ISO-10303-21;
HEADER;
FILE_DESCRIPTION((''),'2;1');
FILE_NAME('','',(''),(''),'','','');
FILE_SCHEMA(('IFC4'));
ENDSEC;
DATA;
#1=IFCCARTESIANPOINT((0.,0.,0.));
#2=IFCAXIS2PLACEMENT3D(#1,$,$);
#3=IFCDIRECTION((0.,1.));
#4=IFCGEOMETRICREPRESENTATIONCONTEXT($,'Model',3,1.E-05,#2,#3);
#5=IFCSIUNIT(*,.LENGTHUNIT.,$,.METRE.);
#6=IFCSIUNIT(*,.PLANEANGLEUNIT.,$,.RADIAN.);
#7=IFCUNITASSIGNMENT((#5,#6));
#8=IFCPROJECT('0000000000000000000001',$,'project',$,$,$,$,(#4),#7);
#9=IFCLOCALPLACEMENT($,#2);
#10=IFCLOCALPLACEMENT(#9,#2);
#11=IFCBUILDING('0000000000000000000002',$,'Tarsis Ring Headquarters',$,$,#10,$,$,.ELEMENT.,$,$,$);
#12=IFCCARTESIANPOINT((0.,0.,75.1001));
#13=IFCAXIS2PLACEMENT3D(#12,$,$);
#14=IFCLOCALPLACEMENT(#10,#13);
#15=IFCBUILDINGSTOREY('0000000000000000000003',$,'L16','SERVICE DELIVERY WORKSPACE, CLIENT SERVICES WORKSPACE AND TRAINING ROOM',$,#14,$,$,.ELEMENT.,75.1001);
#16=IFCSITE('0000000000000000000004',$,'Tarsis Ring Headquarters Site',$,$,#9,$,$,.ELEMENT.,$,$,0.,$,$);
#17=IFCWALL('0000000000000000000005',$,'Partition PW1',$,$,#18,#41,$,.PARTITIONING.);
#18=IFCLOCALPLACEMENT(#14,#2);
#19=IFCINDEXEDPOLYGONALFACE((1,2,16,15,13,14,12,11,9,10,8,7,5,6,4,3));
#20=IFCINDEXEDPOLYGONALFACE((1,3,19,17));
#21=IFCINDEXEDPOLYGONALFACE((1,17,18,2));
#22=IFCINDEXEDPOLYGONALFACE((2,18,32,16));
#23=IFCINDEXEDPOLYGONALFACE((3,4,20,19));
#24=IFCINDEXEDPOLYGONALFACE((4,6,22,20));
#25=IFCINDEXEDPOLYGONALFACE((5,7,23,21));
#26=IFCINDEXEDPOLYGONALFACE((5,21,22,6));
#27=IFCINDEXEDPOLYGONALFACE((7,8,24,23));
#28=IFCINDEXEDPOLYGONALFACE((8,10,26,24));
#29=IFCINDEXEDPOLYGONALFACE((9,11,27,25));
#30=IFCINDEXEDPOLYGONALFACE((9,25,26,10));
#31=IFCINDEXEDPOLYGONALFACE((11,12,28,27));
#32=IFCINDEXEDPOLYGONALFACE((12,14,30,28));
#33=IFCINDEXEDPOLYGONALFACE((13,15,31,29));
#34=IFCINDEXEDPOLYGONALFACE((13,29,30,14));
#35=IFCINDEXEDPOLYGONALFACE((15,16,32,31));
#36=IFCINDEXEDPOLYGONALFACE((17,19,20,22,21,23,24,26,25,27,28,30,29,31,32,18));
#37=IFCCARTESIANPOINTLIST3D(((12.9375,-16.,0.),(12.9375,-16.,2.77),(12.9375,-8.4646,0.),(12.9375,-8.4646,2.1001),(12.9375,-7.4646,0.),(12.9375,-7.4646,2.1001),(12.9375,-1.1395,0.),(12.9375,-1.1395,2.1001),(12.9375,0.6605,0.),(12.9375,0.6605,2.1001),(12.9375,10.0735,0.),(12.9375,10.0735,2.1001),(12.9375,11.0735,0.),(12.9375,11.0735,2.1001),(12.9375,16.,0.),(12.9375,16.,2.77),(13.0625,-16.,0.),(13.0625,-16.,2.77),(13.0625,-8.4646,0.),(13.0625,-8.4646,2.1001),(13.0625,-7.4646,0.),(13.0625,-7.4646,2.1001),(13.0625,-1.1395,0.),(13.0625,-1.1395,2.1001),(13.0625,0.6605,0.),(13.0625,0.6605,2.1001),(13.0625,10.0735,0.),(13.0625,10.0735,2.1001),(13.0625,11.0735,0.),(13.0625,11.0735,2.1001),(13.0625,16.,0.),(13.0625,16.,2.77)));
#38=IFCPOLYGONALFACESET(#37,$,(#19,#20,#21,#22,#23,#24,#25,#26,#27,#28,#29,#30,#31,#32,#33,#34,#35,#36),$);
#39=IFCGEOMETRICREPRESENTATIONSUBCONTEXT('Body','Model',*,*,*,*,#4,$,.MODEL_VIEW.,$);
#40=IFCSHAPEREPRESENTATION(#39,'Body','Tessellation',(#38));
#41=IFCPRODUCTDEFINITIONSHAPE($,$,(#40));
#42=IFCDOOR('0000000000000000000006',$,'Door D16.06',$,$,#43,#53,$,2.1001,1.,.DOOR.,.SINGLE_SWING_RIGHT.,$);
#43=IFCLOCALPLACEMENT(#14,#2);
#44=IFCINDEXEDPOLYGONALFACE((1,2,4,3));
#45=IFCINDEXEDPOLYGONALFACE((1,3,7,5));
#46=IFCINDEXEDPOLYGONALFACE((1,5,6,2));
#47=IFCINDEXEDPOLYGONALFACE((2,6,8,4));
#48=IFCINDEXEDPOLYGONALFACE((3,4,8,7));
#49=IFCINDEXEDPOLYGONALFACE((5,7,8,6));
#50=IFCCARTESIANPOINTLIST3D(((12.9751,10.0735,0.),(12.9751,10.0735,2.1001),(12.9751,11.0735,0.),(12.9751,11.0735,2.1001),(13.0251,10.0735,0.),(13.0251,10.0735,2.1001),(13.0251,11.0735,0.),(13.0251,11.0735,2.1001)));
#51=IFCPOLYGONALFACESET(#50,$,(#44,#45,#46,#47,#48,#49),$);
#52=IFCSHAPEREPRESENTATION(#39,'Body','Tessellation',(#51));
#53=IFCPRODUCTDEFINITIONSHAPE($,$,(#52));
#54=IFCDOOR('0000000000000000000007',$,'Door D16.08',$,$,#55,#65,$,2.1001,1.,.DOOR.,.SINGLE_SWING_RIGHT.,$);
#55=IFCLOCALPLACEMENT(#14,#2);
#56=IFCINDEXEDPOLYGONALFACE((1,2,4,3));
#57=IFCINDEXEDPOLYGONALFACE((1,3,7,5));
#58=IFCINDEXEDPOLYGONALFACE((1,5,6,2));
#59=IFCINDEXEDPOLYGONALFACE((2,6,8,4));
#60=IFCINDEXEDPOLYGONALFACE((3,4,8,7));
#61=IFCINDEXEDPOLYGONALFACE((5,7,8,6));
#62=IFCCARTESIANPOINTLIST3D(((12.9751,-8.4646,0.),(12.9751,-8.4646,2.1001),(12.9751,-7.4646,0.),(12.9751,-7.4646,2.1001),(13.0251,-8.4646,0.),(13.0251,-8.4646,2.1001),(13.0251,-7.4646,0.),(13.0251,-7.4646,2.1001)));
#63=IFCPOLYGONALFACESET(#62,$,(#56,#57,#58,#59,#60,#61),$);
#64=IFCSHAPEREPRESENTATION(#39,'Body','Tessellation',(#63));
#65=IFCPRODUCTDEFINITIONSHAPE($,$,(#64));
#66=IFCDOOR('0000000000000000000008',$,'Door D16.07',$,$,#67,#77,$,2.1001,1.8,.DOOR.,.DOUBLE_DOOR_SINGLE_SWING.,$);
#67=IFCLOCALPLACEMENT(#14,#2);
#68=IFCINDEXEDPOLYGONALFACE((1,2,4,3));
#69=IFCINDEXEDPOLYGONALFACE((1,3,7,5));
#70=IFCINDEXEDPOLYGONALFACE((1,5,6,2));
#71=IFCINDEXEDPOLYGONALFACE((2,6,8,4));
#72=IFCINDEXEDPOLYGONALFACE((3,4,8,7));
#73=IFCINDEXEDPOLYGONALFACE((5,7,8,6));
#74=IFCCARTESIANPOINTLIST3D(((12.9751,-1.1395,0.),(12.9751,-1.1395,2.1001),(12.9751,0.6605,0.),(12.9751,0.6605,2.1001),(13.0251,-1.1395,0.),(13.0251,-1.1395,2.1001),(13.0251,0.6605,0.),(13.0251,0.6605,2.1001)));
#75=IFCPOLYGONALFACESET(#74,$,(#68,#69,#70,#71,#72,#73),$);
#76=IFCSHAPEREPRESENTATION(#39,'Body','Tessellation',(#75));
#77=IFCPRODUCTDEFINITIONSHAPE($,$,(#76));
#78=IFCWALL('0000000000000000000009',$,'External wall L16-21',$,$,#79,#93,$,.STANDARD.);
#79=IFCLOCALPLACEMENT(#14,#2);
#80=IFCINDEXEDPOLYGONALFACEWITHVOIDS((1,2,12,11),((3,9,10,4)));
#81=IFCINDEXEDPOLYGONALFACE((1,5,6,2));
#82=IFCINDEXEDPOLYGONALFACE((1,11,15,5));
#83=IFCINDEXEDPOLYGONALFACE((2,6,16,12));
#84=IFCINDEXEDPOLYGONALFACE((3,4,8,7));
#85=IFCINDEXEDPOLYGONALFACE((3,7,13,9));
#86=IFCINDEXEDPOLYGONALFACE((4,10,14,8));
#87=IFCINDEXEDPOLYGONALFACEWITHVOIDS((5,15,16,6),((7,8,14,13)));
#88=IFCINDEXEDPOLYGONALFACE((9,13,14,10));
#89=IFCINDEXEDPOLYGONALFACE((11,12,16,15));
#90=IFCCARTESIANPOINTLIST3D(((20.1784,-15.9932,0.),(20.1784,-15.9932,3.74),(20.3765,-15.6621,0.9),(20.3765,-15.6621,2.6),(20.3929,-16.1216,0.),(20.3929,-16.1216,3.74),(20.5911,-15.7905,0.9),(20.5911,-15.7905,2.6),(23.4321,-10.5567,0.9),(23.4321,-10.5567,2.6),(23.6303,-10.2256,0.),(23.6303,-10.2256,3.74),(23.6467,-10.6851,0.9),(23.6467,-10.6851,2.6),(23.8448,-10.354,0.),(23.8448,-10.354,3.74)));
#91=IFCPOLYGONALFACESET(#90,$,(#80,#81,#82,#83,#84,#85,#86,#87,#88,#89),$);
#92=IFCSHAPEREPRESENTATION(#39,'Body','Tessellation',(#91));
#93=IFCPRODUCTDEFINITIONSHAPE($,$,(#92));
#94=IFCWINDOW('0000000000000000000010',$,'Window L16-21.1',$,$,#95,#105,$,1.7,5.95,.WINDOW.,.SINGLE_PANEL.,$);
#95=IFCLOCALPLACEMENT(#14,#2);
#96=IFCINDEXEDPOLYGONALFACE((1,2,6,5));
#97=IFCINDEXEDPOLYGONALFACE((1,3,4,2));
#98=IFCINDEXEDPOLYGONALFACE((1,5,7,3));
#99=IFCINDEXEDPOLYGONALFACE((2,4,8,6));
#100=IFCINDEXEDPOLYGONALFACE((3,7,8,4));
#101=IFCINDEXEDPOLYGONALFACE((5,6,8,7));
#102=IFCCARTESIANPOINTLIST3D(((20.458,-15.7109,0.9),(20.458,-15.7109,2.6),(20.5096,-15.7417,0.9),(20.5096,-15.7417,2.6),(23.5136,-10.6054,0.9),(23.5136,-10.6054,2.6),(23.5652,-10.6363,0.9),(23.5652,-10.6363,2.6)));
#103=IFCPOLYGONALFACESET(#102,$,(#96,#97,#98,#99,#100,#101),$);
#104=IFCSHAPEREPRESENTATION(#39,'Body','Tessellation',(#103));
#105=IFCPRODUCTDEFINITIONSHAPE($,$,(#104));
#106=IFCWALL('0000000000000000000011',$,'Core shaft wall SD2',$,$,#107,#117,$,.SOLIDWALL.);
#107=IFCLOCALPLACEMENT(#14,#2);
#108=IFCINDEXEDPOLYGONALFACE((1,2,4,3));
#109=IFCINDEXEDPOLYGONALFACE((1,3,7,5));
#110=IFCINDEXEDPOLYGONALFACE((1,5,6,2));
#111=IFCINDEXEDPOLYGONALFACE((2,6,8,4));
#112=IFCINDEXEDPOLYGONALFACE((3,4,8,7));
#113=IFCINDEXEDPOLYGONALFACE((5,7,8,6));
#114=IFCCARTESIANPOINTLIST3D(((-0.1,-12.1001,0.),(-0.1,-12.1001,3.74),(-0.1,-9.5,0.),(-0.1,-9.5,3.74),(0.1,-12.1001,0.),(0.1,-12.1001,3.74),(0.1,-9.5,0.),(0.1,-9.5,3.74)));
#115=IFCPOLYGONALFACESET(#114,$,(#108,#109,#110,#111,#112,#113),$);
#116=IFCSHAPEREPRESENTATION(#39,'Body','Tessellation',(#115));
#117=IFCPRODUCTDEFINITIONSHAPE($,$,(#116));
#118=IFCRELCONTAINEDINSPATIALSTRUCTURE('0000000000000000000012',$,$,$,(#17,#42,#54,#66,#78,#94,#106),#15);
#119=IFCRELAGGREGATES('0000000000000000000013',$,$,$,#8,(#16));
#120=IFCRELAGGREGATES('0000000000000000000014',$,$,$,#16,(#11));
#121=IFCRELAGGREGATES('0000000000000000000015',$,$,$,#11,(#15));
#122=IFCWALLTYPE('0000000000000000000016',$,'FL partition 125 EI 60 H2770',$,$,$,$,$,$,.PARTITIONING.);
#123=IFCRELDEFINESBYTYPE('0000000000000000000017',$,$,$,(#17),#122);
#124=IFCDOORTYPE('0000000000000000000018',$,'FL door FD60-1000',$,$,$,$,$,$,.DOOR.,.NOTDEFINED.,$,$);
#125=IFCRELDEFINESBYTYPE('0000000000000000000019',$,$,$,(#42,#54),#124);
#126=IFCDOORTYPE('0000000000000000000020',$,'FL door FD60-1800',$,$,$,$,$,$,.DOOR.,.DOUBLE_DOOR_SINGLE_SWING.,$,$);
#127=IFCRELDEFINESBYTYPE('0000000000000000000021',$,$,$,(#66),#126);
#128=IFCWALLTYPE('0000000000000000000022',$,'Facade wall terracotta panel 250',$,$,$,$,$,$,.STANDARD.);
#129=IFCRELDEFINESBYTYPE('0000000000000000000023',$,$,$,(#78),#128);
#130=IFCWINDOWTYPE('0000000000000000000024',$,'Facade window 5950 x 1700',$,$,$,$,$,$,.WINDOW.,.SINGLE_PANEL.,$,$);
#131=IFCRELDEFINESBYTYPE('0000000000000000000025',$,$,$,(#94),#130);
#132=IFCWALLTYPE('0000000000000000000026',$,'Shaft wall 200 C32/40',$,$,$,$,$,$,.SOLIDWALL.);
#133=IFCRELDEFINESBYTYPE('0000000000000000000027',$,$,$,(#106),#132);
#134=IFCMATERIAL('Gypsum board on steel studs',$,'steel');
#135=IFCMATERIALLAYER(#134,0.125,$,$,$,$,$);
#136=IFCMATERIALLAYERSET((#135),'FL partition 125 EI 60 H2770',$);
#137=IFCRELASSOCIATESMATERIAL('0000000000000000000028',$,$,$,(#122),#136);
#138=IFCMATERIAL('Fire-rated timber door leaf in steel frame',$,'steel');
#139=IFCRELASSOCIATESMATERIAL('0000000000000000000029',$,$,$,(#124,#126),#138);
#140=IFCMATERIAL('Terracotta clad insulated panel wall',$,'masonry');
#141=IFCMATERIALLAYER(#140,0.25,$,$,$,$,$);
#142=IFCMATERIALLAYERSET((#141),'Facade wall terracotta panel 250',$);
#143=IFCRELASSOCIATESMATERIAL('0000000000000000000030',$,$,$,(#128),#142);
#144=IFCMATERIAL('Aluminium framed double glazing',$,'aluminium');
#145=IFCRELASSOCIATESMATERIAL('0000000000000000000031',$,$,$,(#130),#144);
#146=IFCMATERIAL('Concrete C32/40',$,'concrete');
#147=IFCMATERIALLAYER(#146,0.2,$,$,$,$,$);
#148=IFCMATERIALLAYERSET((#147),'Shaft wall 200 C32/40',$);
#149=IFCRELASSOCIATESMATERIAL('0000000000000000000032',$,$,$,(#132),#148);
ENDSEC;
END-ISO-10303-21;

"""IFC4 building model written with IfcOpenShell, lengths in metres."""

from ifc_helpers import new_model, si_unit, direction, frame, frame_2d, origin, place, context, subcontext, project, spatial, rectangle, extrude, material, layer, layer_set, type_object, element, fill, save


model = new_model("IFC4")

# Units and contexts
model_context = context("Model", 3, precision=1e-05, world=origin(), true_north=direction((0.0, 1.0)))
body_context = subcontext(model_context, "Body", "Model", "MODEL_VIEW")
ifc_project = project(units=[si_unit("LENGTHUNIT", "METRE"), si_unit("PLANEANGLEUNIT", "RADIAN")], contexts=[model_context])

# Site, building, storey
site_placement = place(None, origin())
site = spatial("IfcSite", under=ifc_project, at=site_placement, Name="Tarsis Ring Headquarters Site", CompositionType="ELEMENT", RefElevation=0.0)
building_placement = place(site_placement, origin())
building = spatial("IfcBuilding", under=site, at=building_placement, Name="Tarsis Ring Headquarters", CompositionType="ELEMENT")
storey_placement = place(building_placement, frame((0.0, 0.0, 75.1001)))
storey = spatial("IfcBuildingStorey", under=building, at=storey_placement, Name="L16", Description="SERVICE DELIVERY WORKSPACE, CLIENT SERVICES WORKSPACE AND TRAINING ROOM", CompositionType="ELEMENT", Elevation=75.1001)

# Shared definitions
ifc_material_1 = material(Name="Gypsum board on steel studs", Category="steel")

# Wall, openings, doors
ifc_layer_1 = layer(ifc_material_1, 0.125)
ifc_layer_set_1 = layer_set([ifc_layer_1], Name="FL partition 125 EI 60 H2770")
wall_type_1 = type_object("IfcWallType", Name="FL partition 125 EI 60 H2770", PredefinedType="PARTITIONING", material=ifc_layer_set_1)
wall_1_placement = place(storey_placement, frame((13.0, -16.0, 0.0), z_axis=(0.0, 0.0, 1.0), x_axis=(0.0, 1.0, 0.0)))
wall_1 = element("IfcWall", 1, at=wall_1_placement, inside=storey, type_object=wall_type_1, Name="Partition PW1", PredefinedType="PARTITIONING", context=body_context, shape_type="SweptSolid", body=[
    extrude(rectangle(XDim=32.0, YDim=0.125, at=frame_2d((16.0, 0.0))), origin(), (0.0, 0.0, 1.0), 2.77),
])
opening_1_placement = place(wall_1_placement, frame((26.0735, 0.0, 0.0)))
opening_1 = element("IfcOpeningElement", 2, at=opening_1_placement, cuts=wall_1, PredefinedType="OPENING", context=body_context, shape_type="SweptSolid", body=[
    extrude(rectangle(XDim=1.0, YDim=2.1001, at=frame_2d((0.5, 1.05))), frame((0.0, 0.0725, 0.0), z_axis=(0.0, -1.0, 0.0), x_axis=(1.0, 0.0, 0.0)), (0.0, 0.0, 1.0), 0.145),
])
opening_2_placement = place(wall_1_placement, frame((14.8606, 0.0, 0.0)))
opening_2 = element("IfcOpeningElement", 3, at=opening_2_placement, cuts=wall_1, PredefinedType="OPENING", context=body_context, shape_type="SweptSolid", body=[
    extrude(rectangle(XDim=1.8, YDim=2.1001, at=frame_2d((0.8999, 1.05))), frame((0.0, 0.0725, 0.0), z_axis=(0.0, -1.0, 0.0), x_axis=(1.0, 0.0, 0.0)), (0.0, 0.0, 1.0), 0.145),
])
opening_3_placement = place(wall_1_placement, frame((7.5354, 0.0, 0.0)))
opening_3 = element("IfcOpeningElement", 4, at=opening_3_placement, cuts=wall_1, PredefinedType="OPENING", context=body_context, shape_type="SweptSolid", body=[
    extrude(rectangle(XDim=1.0, YDim=2.1001, at=frame_2d((0.5, 1.05))), frame((0.0, 0.0725, 0.0), z_axis=(0.0, -1.0, 0.0), x_axis=(1.0, 0.0, 0.0)), (0.0, 0.0, 1.0), 0.145),
])
ifc_material_2 = material(Name="Fire-rated timber door leaf in steel frame", Category="steel")
door_type_1 = type_object("IfcDoorType", Name="FL door FD60-1000", OperationType="NOTDEFINED", PredefinedType="DOOR", material=ifc_material_2)
door_1_placement = place(opening_1_placement, origin())
door_1 = element("IfcDoor", 5, at=door_1_placement, inside=storey, type_object=door_type_1, Name="Door D16.06", OperationType="SINGLE_SWING_RIGHT", OverallHeight=2.1001, OverallWidth=1.0, PredefinedType="DOOR", context=body_context, shape_type="SweptSolid", body=[
    extrude(rectangle(XDim=1.0, YDim=2.1001, at=frame_2d((0.5, 1.05))), frame((0.0, 0.0249, 0.0), z_axis=(0.0, -1.0, 0.0), x_axis=(1.0, 0.0, 0.0)), (0.0, 0.0, 1.0), 0.05),
])
fill(opening_1, door_1)
door_2_placement = place(opening_3_placement, origin())
door_2 = element("IfcDoor", 6, at=door_2_placement, inside=storey, type_object=door_type_1, Name="Door D16.08", OperationType="SINGLE_SWING_RIGHT", OverallHeight=2.1001, OverallWidth=1.0, PredefinedType="DOOR", context=body_context, shape_type="SweptSolid", body=[
    extrude(rectangle(XDim=1.0, YDim=2.1001, at=frame_2d((0.5, 1.05))), frame((0.0, 0.0249, 0.0), z_axis=(0.0, -1.0, 0.0), x_axis=(1.0, 0.0, 0.0)), (0.0, 0.0, 1.0), 0.05),
])
fill(opening_3, door_2)
door_type_2 = type_object("IfcDoorType", Name="FL door FD60-1800", OperationType="DOUBLE_DOOR_SINGLE_SWING", PredefinedType="DOOR", material=ifc_material_2)
door_3_placement = place(opening_2_placement, origin())
door_3 = element("IfcDoor", 7, at=door_3_placement, inside=storey, type_object=door_type_2, Name="Door D16.07", OperationType="DOUBLE_DOOR_SINGLE_SWING", OverallHeight=2.1001, OverallWidth=1.8, PredefinedType="DOOR", context=body_context, shape_type="SweptSolid", body=[
    extrude(rectangle(XDim=1.8, YDim=2.1001, at=frame_2d((0.8999, 1.05))), frame((0.0, 0.0249, 0.0), z_axis=(0.0, -1.0, 0.0), x_axis=(1.0, 0.0, 0.0)), (0.0, 0.0, 1.0), 0.05),
])
fill(opening_2, door_3)

# Wall, opening, window
ifc_material_3 = material(Name="Terracotta clad insulated panel wall", Category="masonry")
ifc_layer_2 = layer(ifc_material_3, 0.25)
ifc_layer_set_2 = layer_set([ifc_layer_2], Name="Facade wall terracotta panel 250")
wall_type_2 = type_object("IfcWallType", Name="Facade wall terracotta panel 250", PredefinedType="STANDARD", material=ifc_layer_set_2)
wall_2_placement = place(storey_placement, frame((20.2856, -16.0574, 0.0), z_axis=(0.0, 0.0, 1.0), x_axis=(0.51355, 0.85806, 0.0)))
wall_2 = element("IfcWall", 8, at=wall_2_placement, inside=storey, type_object=wall_type_2, Name="External wall L16-21", PredefinedType="STANDARD", context=body_context, shape_type="SweptSolid", body=[
    extrude(rectangle(XDim=6.7217, YDim=0.25, at=frame_2d((3.3608, 0.0))), origin(), (0.0, 0.0, 1.0), 3.74),
])
opening_4_placement = place(wall_2_placement, frame((0.3857, 0.0, 0.8999)))
opening_4 = element("IfcOpeningElement", 9, at=opening_4_placement, cuts=wall_2, PredefinedType="OPENING", context=body_context, shape_type="SweptSolid", body=[
    extrude(rectangle(XDim=5.95, YDim=1.7, at=frame_2d((2.9751, 0.8501))), frame((0.0, 0.135, 0.0), z_axis=(0.0, -1.0, 0.0), x_axis=(1.0, 0.0, 0.0)), (0.0, 0.0, 1.0), 0.27),
])
ifc_material_4 = material(Name="Aluminium framed double glazing", Category="aluminium")
window_type = type_object("IfcWindowType", Name="Facade window 5950 x 1700", PartitioningType="SINGLE_PANEL", PredefinedType="WINDOW", material=ifc_material_4)
window_placement = place(opening_4_placement, origin())
window = element("IfcWindow", 10, at=window_placement, inside=storey, type_object=window_type, Name="Window L16-21.1", OverallHeight=1.7, OverallWidth=5.95, PartitioningType="SINGLE_PANEL", PredefinedType="WINDOW", context=body_context, shape_type="SweptSolid", body=[
    extrude(rectangle(XDim=5.95, YDim=1.7, at=frame_2d((2.9751, 0.8501))), frame((0.0, 0.03, 0.0), z_axis=(0.0, -1.0, 0.0), x_axis=(1.0, 0.0, 0.0)), (0.0, 0.0, 1.0), 0.0601),
])
fill(opening_4, window)

# Wall
ifc_material_5 = material(Name="Concrete C32/40", Category="concrete")
ifc_layer_3 = layer(ifc_material_5, 0.2)
ifc_layer_set_3 = layer_set([ifc_layer_3], Name="Shaft wall 200 C32/40")
wall_type_3 = type_object("IfcWallType", Name="Shaft wall 200 C32/40", PredefinedType="SOLIDWALL", material=ifc_layer_set_3)
wall_3_placement = place(storey_placement, frame((0.0, -12.1001, 0.0), z_axis=(0.0, 0.0, 1.0), x_axis=(0.0, 1.0, 0.0)))
element("IfcWall", 11, at=wall_3_placement, inside=storey, type_object=wall_type_3, Name="Core shaft wall SD2", PredefinedType="SOLIDWALL", context=body_context, shape_type="SweptSolid", body=[
    extrude(rectangle(XDim=2.6001, YDim=0.2, at=frame_2d((1.3, 0.0))), origin(), (0.0, 0.0, 1.0), 3.74),
])

save(model, "model.ifc")
